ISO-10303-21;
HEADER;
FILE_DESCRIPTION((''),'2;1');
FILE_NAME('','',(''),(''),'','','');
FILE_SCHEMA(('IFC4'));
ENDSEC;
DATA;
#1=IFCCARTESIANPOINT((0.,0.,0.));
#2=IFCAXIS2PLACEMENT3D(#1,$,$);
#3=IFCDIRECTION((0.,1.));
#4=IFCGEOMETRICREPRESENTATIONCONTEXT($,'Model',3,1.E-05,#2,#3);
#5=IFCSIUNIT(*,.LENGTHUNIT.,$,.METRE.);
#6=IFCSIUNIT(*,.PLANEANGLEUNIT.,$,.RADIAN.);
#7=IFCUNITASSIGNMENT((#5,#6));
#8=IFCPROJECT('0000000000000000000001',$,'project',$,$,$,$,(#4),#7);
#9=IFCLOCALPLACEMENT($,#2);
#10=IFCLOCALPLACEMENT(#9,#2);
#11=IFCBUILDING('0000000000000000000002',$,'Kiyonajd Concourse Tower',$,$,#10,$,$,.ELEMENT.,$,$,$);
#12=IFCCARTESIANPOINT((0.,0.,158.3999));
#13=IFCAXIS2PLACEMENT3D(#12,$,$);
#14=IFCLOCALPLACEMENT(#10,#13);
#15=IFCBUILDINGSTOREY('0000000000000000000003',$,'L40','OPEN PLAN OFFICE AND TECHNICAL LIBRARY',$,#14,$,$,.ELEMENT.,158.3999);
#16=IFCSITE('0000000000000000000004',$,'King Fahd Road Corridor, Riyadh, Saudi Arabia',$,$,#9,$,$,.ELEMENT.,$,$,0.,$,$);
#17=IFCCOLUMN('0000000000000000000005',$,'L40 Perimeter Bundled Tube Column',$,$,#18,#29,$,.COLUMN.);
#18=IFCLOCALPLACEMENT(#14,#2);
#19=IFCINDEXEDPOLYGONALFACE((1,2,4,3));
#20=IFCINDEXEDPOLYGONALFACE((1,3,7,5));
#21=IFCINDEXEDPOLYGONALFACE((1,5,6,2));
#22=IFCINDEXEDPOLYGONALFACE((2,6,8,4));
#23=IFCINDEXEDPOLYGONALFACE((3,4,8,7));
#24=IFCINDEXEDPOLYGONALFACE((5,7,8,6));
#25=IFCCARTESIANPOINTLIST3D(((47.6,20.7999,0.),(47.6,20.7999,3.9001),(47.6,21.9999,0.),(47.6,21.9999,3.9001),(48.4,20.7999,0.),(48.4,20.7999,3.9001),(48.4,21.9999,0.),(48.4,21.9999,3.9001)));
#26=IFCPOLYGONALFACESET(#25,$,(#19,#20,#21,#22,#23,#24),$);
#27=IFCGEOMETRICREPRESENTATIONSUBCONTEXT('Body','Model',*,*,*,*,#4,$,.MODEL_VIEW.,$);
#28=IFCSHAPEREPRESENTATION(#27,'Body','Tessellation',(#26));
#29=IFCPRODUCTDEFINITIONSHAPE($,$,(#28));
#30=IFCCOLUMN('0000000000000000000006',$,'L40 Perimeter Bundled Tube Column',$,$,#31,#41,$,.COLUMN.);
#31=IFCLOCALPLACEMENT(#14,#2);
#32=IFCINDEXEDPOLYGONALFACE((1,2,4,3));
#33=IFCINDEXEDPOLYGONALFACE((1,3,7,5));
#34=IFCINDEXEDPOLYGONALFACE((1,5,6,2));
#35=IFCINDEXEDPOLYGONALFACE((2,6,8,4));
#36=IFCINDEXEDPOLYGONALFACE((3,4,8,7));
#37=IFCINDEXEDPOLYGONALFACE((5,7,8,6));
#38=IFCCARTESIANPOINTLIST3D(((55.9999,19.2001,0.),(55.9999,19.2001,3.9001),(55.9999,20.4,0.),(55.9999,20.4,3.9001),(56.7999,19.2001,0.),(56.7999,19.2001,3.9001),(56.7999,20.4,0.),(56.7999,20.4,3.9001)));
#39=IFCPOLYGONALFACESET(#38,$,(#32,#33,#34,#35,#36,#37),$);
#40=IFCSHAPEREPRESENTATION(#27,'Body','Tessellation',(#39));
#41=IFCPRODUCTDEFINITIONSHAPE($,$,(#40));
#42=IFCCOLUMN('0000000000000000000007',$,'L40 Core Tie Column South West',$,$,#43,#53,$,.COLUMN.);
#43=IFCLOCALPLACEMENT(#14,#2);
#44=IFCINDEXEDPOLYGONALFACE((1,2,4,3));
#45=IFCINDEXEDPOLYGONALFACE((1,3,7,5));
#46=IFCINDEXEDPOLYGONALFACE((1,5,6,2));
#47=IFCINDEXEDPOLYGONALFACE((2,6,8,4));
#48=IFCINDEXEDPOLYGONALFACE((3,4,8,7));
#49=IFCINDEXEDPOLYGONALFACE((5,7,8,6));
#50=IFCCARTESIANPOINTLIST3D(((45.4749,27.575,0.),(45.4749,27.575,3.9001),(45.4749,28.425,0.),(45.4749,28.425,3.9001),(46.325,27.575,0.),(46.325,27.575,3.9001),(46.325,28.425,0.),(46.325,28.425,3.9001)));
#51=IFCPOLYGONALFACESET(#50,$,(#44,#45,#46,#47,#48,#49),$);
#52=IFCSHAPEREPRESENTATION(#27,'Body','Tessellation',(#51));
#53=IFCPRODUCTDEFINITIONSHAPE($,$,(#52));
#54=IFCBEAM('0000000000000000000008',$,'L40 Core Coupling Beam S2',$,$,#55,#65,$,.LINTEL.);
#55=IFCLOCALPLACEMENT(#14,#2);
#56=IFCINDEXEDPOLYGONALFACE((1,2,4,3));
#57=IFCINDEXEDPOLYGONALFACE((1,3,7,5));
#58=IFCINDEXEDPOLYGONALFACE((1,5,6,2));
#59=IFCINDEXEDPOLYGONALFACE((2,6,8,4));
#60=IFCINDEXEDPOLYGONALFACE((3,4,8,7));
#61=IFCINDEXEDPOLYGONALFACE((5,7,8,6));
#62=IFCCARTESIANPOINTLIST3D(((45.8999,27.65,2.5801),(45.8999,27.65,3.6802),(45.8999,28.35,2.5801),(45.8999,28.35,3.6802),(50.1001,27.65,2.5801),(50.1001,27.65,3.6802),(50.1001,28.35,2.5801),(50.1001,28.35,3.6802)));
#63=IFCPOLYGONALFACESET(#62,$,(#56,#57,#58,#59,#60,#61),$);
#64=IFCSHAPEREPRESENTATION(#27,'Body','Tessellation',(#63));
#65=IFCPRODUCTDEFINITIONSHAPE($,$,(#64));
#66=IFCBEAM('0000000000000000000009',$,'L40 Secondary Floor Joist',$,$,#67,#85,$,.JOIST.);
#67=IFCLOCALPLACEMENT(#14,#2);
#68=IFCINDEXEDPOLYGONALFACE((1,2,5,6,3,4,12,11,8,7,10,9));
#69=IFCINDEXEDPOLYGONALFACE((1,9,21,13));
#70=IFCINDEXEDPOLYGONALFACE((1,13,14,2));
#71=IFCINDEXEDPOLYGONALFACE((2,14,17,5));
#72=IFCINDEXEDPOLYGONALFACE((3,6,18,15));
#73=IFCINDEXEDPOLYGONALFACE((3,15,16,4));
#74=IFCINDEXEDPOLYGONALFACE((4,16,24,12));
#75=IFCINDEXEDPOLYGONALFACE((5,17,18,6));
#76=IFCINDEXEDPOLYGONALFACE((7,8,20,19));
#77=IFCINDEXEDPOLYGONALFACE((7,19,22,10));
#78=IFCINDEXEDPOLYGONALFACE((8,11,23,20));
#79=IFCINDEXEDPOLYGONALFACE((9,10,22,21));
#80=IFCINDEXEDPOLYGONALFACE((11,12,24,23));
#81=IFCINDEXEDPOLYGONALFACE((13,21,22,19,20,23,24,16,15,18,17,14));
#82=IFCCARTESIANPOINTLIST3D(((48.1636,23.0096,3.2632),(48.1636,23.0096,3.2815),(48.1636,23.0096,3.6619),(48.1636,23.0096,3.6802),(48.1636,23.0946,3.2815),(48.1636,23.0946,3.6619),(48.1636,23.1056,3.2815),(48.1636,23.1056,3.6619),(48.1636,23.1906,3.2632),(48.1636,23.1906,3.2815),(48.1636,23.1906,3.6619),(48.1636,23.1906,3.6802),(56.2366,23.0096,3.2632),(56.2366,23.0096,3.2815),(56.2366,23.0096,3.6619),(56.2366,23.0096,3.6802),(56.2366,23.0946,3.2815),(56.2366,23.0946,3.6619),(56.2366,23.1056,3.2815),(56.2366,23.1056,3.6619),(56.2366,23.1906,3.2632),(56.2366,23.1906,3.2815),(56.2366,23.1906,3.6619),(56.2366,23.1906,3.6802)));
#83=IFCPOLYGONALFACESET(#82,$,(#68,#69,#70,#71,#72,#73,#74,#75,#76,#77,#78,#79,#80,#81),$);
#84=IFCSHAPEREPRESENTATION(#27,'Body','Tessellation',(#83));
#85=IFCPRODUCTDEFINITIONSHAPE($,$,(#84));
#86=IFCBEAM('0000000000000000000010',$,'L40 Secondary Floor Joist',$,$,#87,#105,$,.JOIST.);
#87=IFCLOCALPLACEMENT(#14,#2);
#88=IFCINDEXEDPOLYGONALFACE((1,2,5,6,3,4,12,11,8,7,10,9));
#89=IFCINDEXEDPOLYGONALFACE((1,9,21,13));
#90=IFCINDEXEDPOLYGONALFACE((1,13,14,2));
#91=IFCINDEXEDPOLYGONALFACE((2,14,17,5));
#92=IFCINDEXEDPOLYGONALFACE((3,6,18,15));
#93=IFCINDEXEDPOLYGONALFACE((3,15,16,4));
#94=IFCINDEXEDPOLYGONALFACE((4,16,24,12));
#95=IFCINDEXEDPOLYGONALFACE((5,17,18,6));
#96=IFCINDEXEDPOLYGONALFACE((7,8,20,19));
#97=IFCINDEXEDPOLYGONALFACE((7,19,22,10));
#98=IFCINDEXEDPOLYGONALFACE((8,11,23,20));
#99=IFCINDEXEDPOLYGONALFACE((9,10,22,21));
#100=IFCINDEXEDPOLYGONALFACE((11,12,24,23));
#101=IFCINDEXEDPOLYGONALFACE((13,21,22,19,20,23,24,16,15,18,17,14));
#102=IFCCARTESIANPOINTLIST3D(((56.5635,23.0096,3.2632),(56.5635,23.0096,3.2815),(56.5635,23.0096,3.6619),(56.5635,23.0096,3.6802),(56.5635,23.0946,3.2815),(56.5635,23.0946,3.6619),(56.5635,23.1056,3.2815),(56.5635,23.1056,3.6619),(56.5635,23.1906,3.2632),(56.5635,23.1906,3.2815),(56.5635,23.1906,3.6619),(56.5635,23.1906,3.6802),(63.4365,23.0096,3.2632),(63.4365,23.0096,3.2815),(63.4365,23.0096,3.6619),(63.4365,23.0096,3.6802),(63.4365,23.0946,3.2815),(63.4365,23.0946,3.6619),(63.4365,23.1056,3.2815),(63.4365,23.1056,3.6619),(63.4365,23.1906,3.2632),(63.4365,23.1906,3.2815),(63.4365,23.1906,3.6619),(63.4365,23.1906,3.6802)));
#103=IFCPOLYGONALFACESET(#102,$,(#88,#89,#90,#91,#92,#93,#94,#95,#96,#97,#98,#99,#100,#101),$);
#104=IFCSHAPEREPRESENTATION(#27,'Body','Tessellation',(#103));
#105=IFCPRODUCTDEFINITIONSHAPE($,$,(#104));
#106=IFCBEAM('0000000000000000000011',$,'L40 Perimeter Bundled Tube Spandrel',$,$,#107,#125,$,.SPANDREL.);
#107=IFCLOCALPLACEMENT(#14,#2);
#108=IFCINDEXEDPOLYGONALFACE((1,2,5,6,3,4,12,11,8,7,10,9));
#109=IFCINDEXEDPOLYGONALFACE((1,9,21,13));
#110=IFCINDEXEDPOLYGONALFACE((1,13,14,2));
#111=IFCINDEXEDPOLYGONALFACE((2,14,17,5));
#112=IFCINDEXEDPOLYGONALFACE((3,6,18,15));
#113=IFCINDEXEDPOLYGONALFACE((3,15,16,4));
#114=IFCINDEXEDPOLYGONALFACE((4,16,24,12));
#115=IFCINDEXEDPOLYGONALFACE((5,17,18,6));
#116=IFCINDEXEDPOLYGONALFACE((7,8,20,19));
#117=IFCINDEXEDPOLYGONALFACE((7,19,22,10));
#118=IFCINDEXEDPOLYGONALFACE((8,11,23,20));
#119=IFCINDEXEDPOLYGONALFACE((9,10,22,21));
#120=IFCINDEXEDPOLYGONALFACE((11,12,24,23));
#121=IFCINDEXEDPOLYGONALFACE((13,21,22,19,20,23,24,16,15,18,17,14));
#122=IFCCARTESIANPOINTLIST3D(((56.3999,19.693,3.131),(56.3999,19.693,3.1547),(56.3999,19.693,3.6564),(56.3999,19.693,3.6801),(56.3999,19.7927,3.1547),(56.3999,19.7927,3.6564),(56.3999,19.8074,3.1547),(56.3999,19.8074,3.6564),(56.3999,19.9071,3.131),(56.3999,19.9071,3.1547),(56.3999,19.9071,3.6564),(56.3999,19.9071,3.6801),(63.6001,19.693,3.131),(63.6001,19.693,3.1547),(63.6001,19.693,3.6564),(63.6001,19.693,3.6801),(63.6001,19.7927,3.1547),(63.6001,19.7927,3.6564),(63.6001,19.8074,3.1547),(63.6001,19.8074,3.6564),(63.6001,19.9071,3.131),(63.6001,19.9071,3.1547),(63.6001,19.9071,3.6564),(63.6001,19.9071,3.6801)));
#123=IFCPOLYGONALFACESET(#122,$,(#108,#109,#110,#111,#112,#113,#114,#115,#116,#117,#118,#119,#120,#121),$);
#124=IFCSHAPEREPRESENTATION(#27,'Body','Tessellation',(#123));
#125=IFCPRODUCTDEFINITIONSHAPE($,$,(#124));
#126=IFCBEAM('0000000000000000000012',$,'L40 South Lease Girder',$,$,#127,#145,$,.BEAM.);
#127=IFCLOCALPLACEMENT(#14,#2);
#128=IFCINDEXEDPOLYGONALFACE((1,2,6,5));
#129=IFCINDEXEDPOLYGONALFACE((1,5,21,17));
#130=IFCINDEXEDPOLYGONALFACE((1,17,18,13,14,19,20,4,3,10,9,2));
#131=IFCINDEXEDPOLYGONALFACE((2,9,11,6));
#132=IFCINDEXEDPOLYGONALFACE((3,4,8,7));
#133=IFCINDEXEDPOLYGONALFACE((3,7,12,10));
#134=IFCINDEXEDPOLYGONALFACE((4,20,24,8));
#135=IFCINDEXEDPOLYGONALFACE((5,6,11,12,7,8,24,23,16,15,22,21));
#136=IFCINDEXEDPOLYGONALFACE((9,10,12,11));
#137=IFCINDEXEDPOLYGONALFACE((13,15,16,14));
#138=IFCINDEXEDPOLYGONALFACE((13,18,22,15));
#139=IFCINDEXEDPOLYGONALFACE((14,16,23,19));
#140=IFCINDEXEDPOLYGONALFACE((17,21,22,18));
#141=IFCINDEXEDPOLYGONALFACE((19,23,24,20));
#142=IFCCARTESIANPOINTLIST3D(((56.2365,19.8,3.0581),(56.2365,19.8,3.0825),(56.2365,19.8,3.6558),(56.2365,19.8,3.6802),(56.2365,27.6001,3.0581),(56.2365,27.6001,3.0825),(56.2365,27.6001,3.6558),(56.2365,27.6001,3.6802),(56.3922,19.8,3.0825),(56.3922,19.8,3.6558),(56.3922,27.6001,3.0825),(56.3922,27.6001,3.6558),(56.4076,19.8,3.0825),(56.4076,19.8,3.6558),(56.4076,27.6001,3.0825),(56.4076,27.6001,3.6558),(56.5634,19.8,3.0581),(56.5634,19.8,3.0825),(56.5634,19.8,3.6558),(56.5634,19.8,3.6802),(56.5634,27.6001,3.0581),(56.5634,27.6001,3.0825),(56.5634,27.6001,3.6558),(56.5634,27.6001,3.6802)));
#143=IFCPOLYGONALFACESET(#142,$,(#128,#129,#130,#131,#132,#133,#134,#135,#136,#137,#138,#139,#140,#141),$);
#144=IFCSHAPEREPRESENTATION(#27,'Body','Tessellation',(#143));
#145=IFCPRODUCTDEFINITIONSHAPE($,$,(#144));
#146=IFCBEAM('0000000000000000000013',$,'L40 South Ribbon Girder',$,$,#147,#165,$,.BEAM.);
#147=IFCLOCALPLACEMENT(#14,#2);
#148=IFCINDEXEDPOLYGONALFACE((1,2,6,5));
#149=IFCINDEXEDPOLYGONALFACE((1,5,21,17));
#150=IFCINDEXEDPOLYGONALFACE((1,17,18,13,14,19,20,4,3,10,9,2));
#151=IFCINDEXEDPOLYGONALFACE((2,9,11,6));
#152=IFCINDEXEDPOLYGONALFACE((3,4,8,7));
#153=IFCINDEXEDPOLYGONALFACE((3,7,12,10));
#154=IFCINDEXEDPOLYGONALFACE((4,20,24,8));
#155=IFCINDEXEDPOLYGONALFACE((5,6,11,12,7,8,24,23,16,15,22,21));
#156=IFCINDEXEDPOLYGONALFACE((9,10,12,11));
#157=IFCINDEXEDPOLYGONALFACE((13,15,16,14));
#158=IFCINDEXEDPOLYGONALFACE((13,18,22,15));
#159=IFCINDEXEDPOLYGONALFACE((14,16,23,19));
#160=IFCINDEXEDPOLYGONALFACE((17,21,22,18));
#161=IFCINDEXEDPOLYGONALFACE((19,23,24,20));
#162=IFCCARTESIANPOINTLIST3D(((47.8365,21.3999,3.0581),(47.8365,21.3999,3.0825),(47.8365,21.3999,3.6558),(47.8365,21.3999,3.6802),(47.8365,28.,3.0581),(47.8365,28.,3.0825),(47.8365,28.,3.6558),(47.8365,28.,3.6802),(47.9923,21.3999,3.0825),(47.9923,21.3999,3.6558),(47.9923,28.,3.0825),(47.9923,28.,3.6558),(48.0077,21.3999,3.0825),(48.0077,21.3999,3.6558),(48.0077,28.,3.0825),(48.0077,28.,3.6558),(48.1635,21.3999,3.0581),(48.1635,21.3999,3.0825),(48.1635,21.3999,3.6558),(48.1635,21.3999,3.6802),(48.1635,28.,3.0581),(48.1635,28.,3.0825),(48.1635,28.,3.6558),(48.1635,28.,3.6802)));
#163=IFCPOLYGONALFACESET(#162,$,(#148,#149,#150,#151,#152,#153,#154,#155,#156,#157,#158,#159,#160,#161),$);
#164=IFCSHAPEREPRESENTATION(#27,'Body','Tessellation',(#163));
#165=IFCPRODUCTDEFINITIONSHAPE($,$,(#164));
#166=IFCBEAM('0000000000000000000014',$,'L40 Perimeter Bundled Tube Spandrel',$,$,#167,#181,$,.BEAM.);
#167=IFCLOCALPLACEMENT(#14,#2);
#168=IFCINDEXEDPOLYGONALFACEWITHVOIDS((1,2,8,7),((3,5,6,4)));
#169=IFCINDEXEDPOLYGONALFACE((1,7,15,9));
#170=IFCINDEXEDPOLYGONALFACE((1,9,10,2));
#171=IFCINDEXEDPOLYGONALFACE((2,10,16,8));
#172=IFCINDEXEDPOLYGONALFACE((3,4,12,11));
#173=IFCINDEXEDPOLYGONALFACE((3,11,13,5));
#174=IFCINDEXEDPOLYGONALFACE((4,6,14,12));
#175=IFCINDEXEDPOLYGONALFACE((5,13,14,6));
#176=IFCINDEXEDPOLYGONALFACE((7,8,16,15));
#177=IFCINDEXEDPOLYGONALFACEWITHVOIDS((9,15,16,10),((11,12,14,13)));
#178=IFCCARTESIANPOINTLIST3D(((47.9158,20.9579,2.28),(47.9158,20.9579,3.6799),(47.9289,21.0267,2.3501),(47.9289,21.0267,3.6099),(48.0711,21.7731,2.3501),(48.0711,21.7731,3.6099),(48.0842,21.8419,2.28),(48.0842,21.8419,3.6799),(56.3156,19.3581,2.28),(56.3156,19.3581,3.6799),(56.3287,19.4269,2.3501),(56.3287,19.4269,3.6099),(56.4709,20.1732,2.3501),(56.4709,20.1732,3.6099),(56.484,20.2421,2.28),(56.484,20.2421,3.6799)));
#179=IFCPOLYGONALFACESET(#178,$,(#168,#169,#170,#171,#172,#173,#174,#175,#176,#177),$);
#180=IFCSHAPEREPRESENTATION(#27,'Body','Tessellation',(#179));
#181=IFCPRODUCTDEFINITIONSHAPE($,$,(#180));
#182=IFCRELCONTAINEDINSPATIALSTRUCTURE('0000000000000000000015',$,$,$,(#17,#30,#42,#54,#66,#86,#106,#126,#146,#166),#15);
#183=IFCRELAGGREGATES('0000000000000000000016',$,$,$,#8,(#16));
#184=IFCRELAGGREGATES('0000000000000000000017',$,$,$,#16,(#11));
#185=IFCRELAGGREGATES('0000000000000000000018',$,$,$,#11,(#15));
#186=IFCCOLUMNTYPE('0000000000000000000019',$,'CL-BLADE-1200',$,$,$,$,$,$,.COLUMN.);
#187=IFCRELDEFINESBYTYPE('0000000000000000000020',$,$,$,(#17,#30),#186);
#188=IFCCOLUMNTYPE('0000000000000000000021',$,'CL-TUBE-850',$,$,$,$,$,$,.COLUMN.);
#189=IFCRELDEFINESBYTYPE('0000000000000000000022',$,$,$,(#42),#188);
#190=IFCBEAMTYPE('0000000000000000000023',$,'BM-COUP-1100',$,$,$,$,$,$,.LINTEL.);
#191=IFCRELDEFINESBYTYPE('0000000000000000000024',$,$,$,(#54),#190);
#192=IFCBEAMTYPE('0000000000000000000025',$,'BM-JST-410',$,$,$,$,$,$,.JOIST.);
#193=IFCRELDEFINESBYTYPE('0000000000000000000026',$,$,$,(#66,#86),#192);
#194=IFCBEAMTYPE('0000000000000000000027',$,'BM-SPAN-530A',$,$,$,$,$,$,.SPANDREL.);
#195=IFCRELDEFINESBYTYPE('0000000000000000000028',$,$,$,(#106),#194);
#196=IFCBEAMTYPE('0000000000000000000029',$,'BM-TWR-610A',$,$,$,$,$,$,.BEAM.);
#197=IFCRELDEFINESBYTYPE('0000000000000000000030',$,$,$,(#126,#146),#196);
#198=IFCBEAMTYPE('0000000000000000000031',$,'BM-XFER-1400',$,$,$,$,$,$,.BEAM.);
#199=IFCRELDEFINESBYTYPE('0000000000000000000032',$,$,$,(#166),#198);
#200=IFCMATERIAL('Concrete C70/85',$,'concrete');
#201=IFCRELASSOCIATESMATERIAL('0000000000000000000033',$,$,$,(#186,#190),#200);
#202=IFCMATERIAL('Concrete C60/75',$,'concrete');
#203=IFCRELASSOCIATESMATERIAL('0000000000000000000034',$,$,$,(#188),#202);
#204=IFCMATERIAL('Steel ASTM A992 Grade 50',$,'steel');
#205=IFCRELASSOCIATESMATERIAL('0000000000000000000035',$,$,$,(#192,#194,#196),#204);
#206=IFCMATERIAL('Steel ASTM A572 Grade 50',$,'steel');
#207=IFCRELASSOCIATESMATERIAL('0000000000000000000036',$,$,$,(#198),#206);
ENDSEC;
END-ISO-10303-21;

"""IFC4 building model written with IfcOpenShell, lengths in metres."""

from ifc_helpers import new_model, si_unit, direction, frame, origin, origin_2d, place, context, subcontext, project, spatial, rectangle, hollow_rectangle, i_section, extrude, material, material_profile, profile_set, type_object, element, save


model = new_model("IFC4")

# Units and contexts
model_context = context("Model", 3, precision=1e-05, world=origin(), true_north=direction((0.0, 1.0)))
body_context = subcontext(model_context, "Body", "Model", "MODEL_VIEW")
ifc_project = project(units=[si_unit("LENGTHUNIT", "METRE"), si_unit("PLANEANGLEUNIT", "RADIAN")], contexts=[model_context])

# Site, building, storey
site_placement = place(None, origin())
site = spatial("IfcSite", under=ifc_project, at=site_placement, Name="King Fahd Road Corridor, Riyadh, Saudi Arabia", CompositionType="ELEMENT", RefElevation=0.0)
building_placement = place(site_placement, origin())
building = spatial("IfcBuilding", under=site, at=building_placement, Name="Kiyonajd Concourse Tower", CompositionType="ELEMENT")
storey_placement = place(building_placement, frame((0.0, 0.0, 158.3999)))
storey = spatial("IfcBuildingStorey", under=building, at=storey_placement, Name="L40", Description="OPEN PLAN OFFICE AND TECHNICAL LIBRARY", CompositionType="ELEMENT", Elevation=158.3999)

# Columns
ifc_material_1 = material(Name="Concrete C70/85", Category="concrete")
ifc_material_profile_1 = material_profile(ifc_material_1, rectangle(XDim=0.8, YDim=1.2, at=origin_2d()), Name="RC-1200x800")
ifc_profile_set_1 = profile_set([ifc_material_profile_1], Name="Concrete C70/85")
column_type_1 = type_object("IfcColumnType", Name="CL-BLADE-1200", PredefinedType="COLUMN", material=ifc_profile_set_1)
for number, where, z_axis, x_axis, name in (
    (1, (48.0, 21.3999, 0.0), (0.0, 0.0, 1.0), (1.0, 0.0, 0.0), "L40 Perimeter Bundled Tube Column"),
    (2, (56.3999, 19.8, 0.0), (0.0, 0.0, 1.0), (1.0, 0.0, 0.0), "L40 Perimeter Bundled Tube Column"),
):
    element("IfcColumn", number, at=place(storey_placement, frame(where, z_axis=z_axis, x_axis=x_axis)), inside=storey, type_object=column_type_1, Name=name, PredefinedType="COLUMN", context=body_context, shape_type="SweptSolid", body=[
        extrude(rectangle(XDim=0.8, YDim=1.2, at=origin_2d()), origin(), (0.0, 0.0, 1.0), 3.9001),
    ])
ifc_material_2 = material(Name="Concrete C60/75", Category="concrete")
ifc_material_profile_2 = material_profile(ifc_material_2, rectangle(XDim=0.8501, YDim=0.8501, at=origin_2d()), Name="RC-850x850")
ifc_profile_set_2 = profile_set([ifc_material_profile_2], Name="Concrete C60/75")
column_type_2 = type_object("IfcColumnType", Name="CL-TUBE-850", PredefinedType="COLUMN", material=ifc_profile_set_2)
column_placement = place(storey_placement, frame((45.8999, 28.0, 0.0), z_axis=(0.0, 0.0, 1.0), x_axis=(1.0, 0.0, 0.0)))
element("IfcColumn", 3, at=column_placement, inside=storey, type_object=column_type_2, Name="L40 Core Tie Column South West", PredefinedType="COLUMN", context=body_context, shape_type="SweptSolid", body=[
    extrude(rectangle(XDim=0.8501, YDim=0.8501, at=origin_2d()), origin(), (0.0, 0.0, 1.0), 3.9001),
])

# Beams
ifc_material_profile_3 = material_profile(ifc_material_1, rectangle(XDim=0.7, YDim=1.1001, at=origin_2d()), Name="RCBM-700x1100")
ifc_profile_set_3 = profile_set([ifc_material_profile_3], Name="Concrete C70/85")
beam_type_1 = type_object("IfcBeamType", Name="BM-COUP-1100", PredefinedType="LINTEL", material=ifc_profile_set_3)
beam_1_placement = place(storey_placement, frame((45.8999, 28.0, 3.1301), z_axis=(1.0, 0.0, 0.0), x_axis=(0.0, 1.0, 0.0)))
element("IfcBeam", 4, at=beam_1_placement, inside=storey, type_object=beam_type_1, Name="L40 Core Coupling Beam S2", PredefinedType="LINTEL", context=body_context, shape_type="SweptSolid", body=[
    extrude(rectangle(XDim=0.7, YDim=1.1001, at=origin_2d()), origin(), (0.0, 0.0, 1.0), 4.2002),
])
ifc_material_3 = material(Name="Steel ASTM A992 Grade 50", Category="steel")
ifc_material_profile_4 = material_profile(ifc_material_3, i_section(OverallWidth=0.1809, OverallDepth=0.417, WebThickness=0.011, FlangeThickness=0.0183, at=origin_2d()), Name="W410X85")
ifc_profile_set_4 = profile_set([ifc_material_profile_4], Name="Steel ASTM A992 Grade 50")
beam_type_2 = type_object("IfcBeamType", Name="BM-JST-410", PredefinedType="JOIST", material=ifc_profile_set_4)
beam_2_placement = place(storey_placement, frame((48.1636, 23.1001, 3.4717), z_axis=(1.0, 0.0, 0.0), x_axis=(0.0, 1.0, 0.0)))
element("IfcBeam", 5, at=beam_2_placement, inside=storey, type_object=beam_type_2, Name="L40 Secondary Floor Joist", PredefinedType="JOIST", context=body_context, shape_type="SweptSolid", body=[
    extrude(i_section(OverallWidth=0.1809, OverallDepth=0.417, WebThickness=0.011, FlangeThickness=0.0183, at=origin_2d()), origin(), (0.0, 0.0, 1.0), 8.073),
])
beam_3_placement = place(storey_placement, frame((56.5635, 23.1001, 3.4717), z_axis=(1.0, 0.0, 0.0), x_axis=(0.0, 1.0, 0.0)))
element("IfcBeam", 6, at=beam_3_placement, inside=storey, type_object=beam_type_2, Name="L40 Secondary Floor Joist", PredefinedType="JOIST", context=body_context, shape_type="SweptSolid", body=[
    extrude(i_section(OverallWidth=0.1809, OverallDepth=0.417, WebThickness=0.011, FlangeThickness=0.0183, at=origin_2d()), origin(), (0.0, 0.0, 1.0), 6.873),
])
ifc_material_profile_5 = material_profile(ifc_material_3, i_section(OverallWidth=0.2141, OverallDepth=0.5491, WebThickness=0.0146, FlangeThickness=0.0237, at=origin_2d()), Name="W530X138")
ifc_profile_set_5 = profile_set([ifc_material_profile_5], Name="Steel ASTM A992 Grade 50")
beam_type_3 = type_object("IfcBeamType", Name="BM-SPAN-530A", PredefinedType="SPANDREL", material=ifc_profile_set_5)
beam_4_placement = place(storey_placement, frame((56.3999, 19.8, 3.4055), z_axis=(1.0, 0.0, 0.0), x_axis=(0.0, 1.0, 0.0)))
element("IfcBeam", 7, at=beam_4_placement, inside=storey, type_object=beam_type_3, Name="L40 Perimeter Bundled Tube Spandrel", PredefinedType="SPANDREL", context=body_context, shape_type="SweptSolid", body=[
    extrude(i_section(OverallWidth=0.2141, OverallDepth=0.5491, WebThickness=0.0146, FlangeThickness=0.0237, at=origin_2d()), origin(), (0.0, 0.0, 1.0), 7.2002),
])
ifc_material_profile_6 = material_profile(ifc_material_3, i_section(OverallWidth=0.3269, OverallDepth=0.6221, WebThickness=0.0154, FlangeThickness=0.0244, at=origin_2d()), Name="W610X195")
ifc_profile_set_6 = profile_set([ifc_material_profile_6], Name="Steel ASTM A992 Grade 50")
beam_type_4 = type_object("IfcBeamType", Name="BM-TWR-610A", PredefinedType="BEAM", material=ifc_profile_set_6)
beam_5_placement = place(storey_placement, frame((56.3999, 19.8, 3.3691), z_axis=(0.0, 1.0, 0.0), x_axis=(-1.0, 0.0, 0.0)))
element("IfcBeam", 8, at=beam_5_placement, inside=storey, type_object=beam_type_4, Name="L40 South Lease Girder", PredefinedType="BEAM", context=body_context, shape_type="SweptSolid", body=[
    extrude(i_section(OverallWidth=0.3269, OverallDepth=0.6221, WebThickness=0.0154, FlangeThickness=0.0244, at=origin_2d()), origin(), (0.0, 0.0, 1.0), 7.8),
])
beam_6_placement = place(storey_placement, frame((48.0, 21.3999, 3.3691), z_axis=(0.0, 1.0, 0.0), x_axis=(-1.0, 0.0, 0.0)))
element("IfcBeam", 9, at=beam_6_placement, inside=storey, type_object=beam_type_4, Name="L40 South Ribbon Girder", PredefinedType="BEAM", context=body_context, shape_type="SweptSolid", body=[
    extrude(i_section(OverallWidth=0.3269, OverallDepth=0.6221, WebThickness=0.0154, FlangeThickness=0.0244, at=origin_2d()), origin(), (0.0, 0.0, 1.0), 6.6001),
])
ifc_material_4 = material(Name="Steel ASTM A572 Grade 50", Category="steel")
ifc_material_profile_7 = material_profile(ifc_material_4, hollow_rectangle(XDim=0.8999, YDim=1.3999, WallThickness=0.0701, at=origin_2d()), Name="BOX-1400x900x70")
ifc_profile_set_7 = profile_set([ifc_material_profile_7], Name="Steel ASTM A572 Grade 50")
beam_type_5 = type_object("IfcBeamType", Name="BM-XFER-1400", PredefinedType="BEAM", material=ifc_profile_set_7)
beam_7_placement = place(storey_placement, frame((48.0, 21.3999, 2.98), z_axis=(0.982341, -0.187098, 0.0), x_axis=(0.187098, 0.982341, 0.0)))
element("IfcBeam", 10, at=beam_7_placement, inside=storey, type_object=beam_type_5, Name="L40 Perimeter Bundled Tube Spandrel", PredefinedType="BEAM", context=body_context, shape_type="SweptSolid", body=[
    extrude(hollow_rectangle(XDim=0.8999, YDim=1.3999, WallThickness=0.0701, at=origin_2d()), origin(), (0.0, 0.0, 1.0), 8.5508),
])

save(model, "model.ifc")
